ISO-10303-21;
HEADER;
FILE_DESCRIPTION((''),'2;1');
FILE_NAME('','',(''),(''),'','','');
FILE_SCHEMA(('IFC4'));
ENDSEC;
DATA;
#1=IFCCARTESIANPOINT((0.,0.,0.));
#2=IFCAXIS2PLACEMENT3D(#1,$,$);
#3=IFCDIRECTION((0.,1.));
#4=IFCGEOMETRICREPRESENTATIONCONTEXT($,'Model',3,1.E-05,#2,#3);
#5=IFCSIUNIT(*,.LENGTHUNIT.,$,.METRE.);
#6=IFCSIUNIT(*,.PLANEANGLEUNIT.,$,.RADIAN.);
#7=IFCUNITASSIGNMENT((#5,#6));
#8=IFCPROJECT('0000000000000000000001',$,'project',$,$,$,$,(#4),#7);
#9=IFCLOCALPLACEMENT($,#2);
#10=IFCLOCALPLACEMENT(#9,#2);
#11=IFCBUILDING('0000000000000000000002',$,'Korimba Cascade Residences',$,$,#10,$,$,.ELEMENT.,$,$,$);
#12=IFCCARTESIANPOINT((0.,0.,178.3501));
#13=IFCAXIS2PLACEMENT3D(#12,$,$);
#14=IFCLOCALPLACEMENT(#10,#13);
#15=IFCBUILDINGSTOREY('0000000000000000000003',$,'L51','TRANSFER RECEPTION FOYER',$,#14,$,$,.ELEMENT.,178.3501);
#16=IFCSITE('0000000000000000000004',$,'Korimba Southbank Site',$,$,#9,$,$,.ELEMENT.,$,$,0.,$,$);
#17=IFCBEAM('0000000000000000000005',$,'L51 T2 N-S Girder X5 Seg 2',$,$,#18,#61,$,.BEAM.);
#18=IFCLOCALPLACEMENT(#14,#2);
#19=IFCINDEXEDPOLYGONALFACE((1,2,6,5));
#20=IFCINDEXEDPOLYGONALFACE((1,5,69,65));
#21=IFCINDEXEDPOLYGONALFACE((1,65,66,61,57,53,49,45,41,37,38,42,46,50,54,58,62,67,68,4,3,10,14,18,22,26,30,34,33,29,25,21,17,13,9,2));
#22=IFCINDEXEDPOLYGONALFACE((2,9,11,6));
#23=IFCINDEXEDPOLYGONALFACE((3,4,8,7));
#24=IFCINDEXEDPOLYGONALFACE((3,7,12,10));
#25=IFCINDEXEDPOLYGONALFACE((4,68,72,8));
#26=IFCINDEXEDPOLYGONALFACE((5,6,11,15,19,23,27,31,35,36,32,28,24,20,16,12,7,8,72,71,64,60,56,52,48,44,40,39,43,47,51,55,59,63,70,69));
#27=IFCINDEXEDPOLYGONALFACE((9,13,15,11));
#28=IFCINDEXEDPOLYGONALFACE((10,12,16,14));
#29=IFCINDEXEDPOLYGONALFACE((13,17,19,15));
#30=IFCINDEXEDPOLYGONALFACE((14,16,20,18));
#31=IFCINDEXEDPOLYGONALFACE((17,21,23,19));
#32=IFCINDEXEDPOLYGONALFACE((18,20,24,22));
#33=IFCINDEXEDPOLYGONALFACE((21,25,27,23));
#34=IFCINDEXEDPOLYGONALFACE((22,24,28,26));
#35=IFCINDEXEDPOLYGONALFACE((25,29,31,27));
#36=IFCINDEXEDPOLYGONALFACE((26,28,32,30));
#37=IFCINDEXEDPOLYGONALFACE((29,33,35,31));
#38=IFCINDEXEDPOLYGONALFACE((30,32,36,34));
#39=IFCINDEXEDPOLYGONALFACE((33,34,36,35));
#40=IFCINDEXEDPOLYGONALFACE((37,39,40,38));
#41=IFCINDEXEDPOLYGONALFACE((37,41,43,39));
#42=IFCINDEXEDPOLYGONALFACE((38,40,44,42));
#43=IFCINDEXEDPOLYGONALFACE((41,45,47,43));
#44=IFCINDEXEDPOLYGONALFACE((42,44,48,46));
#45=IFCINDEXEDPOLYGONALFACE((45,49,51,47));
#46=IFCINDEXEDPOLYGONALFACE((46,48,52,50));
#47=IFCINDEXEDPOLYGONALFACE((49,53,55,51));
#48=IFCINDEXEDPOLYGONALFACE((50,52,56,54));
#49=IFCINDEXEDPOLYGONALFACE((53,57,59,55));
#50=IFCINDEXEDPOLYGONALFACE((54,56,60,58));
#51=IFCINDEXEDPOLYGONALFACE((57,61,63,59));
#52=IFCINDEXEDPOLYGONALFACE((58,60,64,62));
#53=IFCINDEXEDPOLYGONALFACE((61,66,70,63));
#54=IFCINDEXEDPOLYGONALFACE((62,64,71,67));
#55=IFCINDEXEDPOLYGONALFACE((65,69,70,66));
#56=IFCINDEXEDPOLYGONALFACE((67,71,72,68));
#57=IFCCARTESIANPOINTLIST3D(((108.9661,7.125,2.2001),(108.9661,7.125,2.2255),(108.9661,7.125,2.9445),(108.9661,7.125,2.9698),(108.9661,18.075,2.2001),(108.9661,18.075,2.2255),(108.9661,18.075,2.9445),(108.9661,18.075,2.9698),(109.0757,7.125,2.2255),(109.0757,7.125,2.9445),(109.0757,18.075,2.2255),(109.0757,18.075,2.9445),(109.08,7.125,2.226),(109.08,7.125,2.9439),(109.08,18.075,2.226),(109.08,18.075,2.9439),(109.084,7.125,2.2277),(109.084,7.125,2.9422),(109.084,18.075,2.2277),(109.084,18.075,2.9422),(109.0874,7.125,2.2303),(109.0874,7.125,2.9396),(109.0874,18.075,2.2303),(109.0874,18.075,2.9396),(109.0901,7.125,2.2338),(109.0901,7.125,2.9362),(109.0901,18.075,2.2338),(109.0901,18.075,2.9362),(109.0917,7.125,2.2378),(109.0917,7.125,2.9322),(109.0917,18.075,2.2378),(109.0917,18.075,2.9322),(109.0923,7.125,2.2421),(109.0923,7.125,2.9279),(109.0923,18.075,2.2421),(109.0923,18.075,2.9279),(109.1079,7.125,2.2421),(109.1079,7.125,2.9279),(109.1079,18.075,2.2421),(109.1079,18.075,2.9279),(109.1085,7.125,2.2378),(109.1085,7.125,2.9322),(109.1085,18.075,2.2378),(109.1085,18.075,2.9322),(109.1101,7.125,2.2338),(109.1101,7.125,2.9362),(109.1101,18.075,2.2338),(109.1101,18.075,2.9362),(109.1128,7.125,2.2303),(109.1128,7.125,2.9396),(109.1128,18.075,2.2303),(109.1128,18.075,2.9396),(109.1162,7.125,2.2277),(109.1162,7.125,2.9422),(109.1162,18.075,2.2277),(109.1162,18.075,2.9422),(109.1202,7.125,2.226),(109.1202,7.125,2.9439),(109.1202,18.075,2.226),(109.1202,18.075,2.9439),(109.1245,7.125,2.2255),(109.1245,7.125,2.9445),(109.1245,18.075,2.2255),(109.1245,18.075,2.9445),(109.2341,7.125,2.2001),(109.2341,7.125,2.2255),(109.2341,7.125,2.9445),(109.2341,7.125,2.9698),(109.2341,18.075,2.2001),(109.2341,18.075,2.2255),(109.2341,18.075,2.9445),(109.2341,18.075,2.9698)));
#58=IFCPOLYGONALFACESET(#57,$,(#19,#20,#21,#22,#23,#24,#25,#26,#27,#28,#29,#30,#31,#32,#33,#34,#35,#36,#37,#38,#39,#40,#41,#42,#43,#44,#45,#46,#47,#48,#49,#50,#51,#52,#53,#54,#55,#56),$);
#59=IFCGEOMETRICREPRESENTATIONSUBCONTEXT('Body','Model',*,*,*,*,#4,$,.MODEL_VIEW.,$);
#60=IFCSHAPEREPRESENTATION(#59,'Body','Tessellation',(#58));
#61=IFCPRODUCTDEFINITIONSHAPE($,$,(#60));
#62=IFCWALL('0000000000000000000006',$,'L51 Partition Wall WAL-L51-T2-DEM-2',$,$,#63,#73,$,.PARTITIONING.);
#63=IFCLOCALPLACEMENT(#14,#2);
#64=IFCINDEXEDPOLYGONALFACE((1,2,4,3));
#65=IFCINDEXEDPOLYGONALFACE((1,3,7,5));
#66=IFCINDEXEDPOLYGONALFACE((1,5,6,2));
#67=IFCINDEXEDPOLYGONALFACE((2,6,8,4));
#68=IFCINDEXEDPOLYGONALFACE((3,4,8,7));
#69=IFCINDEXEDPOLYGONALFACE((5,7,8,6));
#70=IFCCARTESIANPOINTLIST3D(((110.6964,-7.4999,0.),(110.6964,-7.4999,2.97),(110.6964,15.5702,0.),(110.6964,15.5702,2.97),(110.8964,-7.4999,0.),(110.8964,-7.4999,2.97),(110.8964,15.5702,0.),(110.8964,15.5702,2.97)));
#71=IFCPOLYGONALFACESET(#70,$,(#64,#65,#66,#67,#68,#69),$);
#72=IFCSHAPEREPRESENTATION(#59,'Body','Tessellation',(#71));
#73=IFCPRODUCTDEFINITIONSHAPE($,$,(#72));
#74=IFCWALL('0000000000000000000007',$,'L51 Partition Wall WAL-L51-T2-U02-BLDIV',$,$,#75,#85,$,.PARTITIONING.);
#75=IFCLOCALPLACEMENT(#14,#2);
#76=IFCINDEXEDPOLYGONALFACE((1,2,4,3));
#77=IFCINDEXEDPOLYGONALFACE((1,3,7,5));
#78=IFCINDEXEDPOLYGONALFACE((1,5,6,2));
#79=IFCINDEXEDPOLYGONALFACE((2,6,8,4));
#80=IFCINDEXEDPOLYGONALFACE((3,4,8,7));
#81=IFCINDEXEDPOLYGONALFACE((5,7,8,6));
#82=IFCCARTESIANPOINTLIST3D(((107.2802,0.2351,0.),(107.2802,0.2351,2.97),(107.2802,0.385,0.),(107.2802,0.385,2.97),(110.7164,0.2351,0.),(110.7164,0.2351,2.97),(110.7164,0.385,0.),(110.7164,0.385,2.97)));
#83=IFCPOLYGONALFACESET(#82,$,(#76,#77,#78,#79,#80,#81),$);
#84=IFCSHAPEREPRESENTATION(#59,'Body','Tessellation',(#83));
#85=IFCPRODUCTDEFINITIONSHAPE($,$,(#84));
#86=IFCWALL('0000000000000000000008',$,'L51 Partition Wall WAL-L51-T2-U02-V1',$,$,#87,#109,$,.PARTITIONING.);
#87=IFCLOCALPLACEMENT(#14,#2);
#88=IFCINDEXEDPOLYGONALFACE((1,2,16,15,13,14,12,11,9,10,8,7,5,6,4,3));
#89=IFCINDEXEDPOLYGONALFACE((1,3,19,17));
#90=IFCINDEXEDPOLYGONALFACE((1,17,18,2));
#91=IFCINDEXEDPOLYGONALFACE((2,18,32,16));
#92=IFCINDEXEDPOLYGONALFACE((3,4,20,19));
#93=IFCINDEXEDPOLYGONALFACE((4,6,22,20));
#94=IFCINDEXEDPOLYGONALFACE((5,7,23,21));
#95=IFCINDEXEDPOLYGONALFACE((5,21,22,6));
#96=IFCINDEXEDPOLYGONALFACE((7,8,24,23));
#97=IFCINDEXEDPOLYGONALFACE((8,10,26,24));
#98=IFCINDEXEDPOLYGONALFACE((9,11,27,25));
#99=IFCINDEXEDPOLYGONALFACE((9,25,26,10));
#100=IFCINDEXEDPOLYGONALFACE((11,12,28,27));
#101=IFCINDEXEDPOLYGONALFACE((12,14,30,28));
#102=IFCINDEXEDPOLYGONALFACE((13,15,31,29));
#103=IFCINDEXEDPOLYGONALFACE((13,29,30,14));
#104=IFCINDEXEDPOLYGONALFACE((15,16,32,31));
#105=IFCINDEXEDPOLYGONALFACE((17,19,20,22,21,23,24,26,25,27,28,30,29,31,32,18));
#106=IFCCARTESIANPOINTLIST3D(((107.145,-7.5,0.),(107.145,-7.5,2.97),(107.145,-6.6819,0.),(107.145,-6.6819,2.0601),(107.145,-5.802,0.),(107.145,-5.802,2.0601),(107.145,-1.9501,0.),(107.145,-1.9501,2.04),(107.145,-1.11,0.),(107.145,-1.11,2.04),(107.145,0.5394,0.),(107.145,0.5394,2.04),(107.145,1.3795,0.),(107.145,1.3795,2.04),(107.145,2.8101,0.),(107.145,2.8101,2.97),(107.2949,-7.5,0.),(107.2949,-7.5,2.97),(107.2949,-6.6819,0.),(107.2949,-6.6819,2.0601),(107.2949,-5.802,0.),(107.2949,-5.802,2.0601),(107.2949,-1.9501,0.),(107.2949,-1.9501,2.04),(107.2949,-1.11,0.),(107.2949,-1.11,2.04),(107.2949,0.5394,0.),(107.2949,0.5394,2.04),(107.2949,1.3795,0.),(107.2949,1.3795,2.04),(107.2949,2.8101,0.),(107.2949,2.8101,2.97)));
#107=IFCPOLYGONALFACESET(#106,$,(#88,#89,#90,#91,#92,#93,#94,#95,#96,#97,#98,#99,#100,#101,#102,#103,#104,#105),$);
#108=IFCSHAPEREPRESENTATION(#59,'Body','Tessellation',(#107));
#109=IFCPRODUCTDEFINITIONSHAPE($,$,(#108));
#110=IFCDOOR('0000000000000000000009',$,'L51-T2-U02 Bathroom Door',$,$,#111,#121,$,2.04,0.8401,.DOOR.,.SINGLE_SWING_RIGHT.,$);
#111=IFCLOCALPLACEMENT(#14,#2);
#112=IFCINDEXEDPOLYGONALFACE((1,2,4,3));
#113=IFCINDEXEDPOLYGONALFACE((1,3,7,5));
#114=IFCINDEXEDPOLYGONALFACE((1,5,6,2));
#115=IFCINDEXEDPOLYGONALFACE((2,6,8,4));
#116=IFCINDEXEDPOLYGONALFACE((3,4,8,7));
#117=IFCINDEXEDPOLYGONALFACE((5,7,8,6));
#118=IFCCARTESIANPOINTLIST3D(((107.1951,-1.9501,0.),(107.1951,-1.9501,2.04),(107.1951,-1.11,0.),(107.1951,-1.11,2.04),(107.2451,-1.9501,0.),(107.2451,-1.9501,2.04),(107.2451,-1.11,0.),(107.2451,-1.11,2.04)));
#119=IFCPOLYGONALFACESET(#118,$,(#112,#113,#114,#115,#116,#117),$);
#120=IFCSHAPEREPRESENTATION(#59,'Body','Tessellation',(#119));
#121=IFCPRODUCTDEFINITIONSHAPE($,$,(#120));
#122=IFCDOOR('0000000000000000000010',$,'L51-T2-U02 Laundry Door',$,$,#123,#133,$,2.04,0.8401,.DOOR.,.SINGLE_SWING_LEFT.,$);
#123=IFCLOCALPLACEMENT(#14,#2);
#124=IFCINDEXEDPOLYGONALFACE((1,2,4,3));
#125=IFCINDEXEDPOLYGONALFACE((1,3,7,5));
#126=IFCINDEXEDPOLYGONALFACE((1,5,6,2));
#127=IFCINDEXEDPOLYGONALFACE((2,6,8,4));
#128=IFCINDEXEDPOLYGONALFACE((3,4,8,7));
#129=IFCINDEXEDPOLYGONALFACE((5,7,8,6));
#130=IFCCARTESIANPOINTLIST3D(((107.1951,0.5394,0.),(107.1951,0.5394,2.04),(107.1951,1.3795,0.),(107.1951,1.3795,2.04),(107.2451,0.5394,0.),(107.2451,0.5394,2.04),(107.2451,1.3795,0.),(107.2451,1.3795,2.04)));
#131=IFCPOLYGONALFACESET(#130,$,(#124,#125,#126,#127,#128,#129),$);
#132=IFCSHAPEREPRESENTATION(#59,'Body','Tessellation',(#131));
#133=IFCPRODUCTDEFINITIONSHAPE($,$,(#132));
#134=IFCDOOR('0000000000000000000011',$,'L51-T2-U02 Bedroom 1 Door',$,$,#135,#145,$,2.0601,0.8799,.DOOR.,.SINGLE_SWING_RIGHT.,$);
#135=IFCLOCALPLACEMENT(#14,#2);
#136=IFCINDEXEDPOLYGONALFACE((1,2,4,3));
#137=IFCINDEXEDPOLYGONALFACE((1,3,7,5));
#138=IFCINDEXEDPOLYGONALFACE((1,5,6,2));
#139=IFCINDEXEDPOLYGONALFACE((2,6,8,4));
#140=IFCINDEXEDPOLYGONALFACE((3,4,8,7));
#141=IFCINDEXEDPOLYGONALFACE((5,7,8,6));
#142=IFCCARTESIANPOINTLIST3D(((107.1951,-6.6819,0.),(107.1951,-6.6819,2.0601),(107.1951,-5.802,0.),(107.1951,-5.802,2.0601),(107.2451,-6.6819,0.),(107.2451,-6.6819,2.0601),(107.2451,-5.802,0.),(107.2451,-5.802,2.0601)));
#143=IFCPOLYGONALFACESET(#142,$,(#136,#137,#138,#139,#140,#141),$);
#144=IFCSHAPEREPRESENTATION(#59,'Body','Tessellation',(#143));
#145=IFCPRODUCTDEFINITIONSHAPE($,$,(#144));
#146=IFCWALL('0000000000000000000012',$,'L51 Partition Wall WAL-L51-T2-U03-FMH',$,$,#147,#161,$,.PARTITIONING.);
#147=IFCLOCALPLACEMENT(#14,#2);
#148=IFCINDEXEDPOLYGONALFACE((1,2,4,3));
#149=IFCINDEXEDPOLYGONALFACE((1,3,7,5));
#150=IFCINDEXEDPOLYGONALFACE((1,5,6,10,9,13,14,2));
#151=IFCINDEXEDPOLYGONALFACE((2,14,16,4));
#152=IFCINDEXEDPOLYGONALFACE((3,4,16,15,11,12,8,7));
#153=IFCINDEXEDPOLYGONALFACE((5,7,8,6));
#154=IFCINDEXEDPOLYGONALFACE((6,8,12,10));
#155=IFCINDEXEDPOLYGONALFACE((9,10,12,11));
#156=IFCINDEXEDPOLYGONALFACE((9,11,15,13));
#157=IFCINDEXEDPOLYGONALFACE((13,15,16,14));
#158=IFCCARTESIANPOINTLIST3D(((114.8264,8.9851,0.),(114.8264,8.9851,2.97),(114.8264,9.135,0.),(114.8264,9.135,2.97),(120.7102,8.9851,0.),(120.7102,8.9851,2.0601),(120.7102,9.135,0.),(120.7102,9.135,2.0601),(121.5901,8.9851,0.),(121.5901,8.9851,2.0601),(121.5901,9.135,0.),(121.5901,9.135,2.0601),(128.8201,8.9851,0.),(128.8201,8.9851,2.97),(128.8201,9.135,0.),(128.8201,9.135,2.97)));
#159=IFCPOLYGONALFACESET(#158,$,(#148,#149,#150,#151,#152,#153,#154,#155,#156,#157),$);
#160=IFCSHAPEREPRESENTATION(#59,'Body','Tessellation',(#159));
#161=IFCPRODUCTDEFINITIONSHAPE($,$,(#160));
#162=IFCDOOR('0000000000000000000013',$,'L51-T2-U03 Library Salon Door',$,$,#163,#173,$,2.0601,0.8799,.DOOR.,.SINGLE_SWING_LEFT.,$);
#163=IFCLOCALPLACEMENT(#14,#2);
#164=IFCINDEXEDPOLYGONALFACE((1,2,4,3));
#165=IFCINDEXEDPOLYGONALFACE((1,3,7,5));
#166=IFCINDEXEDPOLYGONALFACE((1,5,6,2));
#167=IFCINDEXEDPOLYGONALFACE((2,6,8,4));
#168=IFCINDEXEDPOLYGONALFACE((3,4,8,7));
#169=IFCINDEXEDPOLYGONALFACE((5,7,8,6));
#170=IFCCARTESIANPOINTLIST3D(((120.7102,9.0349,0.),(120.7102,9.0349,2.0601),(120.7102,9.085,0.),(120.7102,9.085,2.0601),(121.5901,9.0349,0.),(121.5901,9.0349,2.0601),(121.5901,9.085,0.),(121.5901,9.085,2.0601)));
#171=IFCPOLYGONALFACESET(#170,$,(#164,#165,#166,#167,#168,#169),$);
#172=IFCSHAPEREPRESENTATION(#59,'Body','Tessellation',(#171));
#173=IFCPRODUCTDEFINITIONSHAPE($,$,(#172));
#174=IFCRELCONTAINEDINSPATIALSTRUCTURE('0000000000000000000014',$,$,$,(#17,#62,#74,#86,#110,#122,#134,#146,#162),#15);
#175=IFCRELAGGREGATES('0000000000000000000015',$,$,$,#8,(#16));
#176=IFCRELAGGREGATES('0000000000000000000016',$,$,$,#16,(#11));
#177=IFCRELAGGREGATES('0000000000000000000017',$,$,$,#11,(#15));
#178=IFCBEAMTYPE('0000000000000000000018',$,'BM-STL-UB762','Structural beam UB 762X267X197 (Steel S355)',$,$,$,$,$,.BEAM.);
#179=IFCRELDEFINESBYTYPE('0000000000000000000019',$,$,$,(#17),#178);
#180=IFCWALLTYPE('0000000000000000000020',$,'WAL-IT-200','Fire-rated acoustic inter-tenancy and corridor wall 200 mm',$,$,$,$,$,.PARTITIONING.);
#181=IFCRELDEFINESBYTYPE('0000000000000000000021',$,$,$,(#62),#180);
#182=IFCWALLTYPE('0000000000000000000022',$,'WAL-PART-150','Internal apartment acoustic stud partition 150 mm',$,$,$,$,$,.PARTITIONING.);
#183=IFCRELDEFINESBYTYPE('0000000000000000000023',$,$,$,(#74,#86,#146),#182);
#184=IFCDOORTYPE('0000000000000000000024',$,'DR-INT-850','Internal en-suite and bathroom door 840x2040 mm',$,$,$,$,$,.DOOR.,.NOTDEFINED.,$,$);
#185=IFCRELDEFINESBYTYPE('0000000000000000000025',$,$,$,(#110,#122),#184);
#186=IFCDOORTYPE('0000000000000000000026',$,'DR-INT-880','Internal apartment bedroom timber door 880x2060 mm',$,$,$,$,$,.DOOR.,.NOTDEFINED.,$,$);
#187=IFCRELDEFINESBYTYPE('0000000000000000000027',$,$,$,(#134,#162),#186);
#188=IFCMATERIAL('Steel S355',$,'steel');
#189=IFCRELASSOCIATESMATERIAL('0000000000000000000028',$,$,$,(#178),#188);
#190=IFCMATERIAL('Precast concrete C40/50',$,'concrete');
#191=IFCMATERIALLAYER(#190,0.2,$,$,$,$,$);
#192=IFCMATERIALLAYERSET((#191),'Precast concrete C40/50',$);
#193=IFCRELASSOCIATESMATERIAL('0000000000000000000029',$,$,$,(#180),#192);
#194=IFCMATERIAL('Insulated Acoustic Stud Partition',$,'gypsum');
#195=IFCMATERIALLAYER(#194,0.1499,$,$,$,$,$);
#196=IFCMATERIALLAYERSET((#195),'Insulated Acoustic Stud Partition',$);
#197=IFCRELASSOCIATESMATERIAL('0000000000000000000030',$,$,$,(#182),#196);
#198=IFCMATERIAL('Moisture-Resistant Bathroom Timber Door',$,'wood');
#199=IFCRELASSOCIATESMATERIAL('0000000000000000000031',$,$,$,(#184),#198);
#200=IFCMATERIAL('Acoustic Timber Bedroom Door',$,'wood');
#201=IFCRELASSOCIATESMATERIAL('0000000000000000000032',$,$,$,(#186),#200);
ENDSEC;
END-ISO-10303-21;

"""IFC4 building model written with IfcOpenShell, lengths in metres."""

from ifc_helpers import new_model, si_unit, direction, frame, frame_2d, origin, origin_2d, place, context, subcontext, project, spatial, rectangle, i_section, extrude, material, layer, layer_set, material_profile, profile_set, type_object, element, fill, save


model = new_model("IFC4")

# Units and contexts
model_context = context("Model", 3, precision=1e-05, world=origin(), true_north=direction((0.0, 1.0)))
body_context = subcontext(model_context, "Body", "Model", "MODEL_VIEW")
ifc_project = project(units=[si_unit("LENGTHUNIT", "METRE"), si_unit("PLANEANGLEUNIT", "RADIAN")], contexts=[model_context])

# Site, building, storey
site_placement = place(None, origin())
site = spatial("IfcSite", under=ifc_project, at=site_placement, Name="Korimba Southbank Site", CompositionType="ELEMENT", RefElevation=0.0)
building_placement = place(site_placement, origin())
building = spatial("IfcBuilding", under=site, at=building_placement, Name="Korimba Cascade Residences", CompositionType="ELEMENT")
storey_placement = place(building_placement, frame((0.0, 0.0, 178.3501)))
storey = spatial("IfcBuildingStorey", under=building, at=storey_placement, Name="L51", Description="TRANSFER RECEPTION FOYER", CompositionType="ELEMENT", Elevation=178.3501)

# Beam
ifc_material_1 = material(Name="Steel S355", Category="steel")
ifc_material_profile_1 = material_profile(ifc_material_1, i_section(OverallWidth=0.2681, OverallDepth=0.7698, WebThickness=0.0156, FlangeThickness=0.0254, FilletRadius=0.0166, at=origin_2d()), Name="Steel S355")
ifc_profile_set_1 = profile_set([ifc_material_profile_1], Name="Steel S355")
beam_type_1 = type_object("IfcBeamType", Name="BM-STL-UB762", Description="Structural beam UB 762X267X197 (Steel S355)", PredefinedType="BEAM", material=ifc_profile_set_1)
beam_1_placement = place(storey_placement, frame((109.1001, 7.125, 2.585), z_axis=(0.0, 1.0, 0.0), x_axis=(-1.0, 0.0, 0.0)))
element("IfcBeam", 1, at=beam_1_placement, inside=storey, type_object=beam_type_1, Name="L51 T2 N-S Girder X5 Seg 2", PredefinedType="BEAM", context=body_context, shape_type="SweptSolid", body=[
    extrude(i_section(OverallWidth=0.2681, OverallDepth=0.7698, WebThickness=0.0156, FlangeThickness=0.0254, FilletRadius=0.0166, at=origin_2d()), origin(), (0.0, 0.0, 1.0), 10.95),
])

# Walls
ifc_material_2 = material(Name="Precast concrete C40/50", Category="concrete")
ifc_layer_1 = layer(ifc_material_2, 0.2)
ifc_layer_set_1 = layer_set([ifc_layer_1], Name="Precast concrete C40/50")
wall_type_1 = type_object("IfcWallType", Name="WAL-IT-200", Description="Fire-rated acoustic inter-tenancy and corridor wall 200 mm", PredefinedType="PARTITIONING", material=ifc_layer_set_1)
wall_1_placement = place(storey_placement, frame((110.7964, -7.5, 0.0), z_axis=(0.0, 0.0, 1.0), x_axis=(0.0, 1.0, 0.0)))
element("IfcWall", 2, at=wall_1_placement, inside=storey, type_object=wall_type_1, Name="L51 Partition Wall WAL-L51-T2-DEM-2", PredefinedType="PARTITIONING", context=body_context, shape_type="SweptSolid", body=[
    extrude(rectangle(XDim=23.0701, YDim=0.2, at=frame_2d((11.5352, 0.0))), origin(), (0.0, 0.0, 1.0), 2.97),
])
ifc_material_3 = material(Name="Insulated Acoustic Stud Partition", Category="gypsum")
ifc_layer_2 = layer(ifc_material_3, 0.1499)
ifc_layer_set_2 = layer_set([ifc_layer_2], Name="Insulated Acoustic Stud Partition")
wall_type_2 = type_object("IfcWallType", Name="WAL-PART-150", Description="Internal apartment acoustic stud partition 150 mm", PredefinedType="PARTITIONING", material=ifc_layer_set_2)
wall_2_placement = place(storey_placement, frame((107.28, 0.3101, 0.0), z_axis=(0.0, 0.0, 1.0), x_axis=(1.0, 0.0, 0.0)))
element("IfcWall", 3, at=wall_2_placement, inside=storey, type_object=wall_type_2, Name="L51 Partition Wall WAL-L51-T2-U02-BLDIV", PredefinedType="PARTITIONING", context=body_context, shape_type="SweptSolid", body=[
    extrude(rectangle(XDim=3.4363, YDim=0.1499, at=frame_2d((1.7183, 0.0))), origin(), (0.0, 0.0, 1.0), 2.97),
])

# Wall, openings, doors
wall_3_placement = place(storey_placement, frame((107.22, -7.5, 0.0), z_axis=(0.0, 0.0, 1.0), x_axis=(0.0, 1.0, 0.0)))
wall_3 = element("IfcWall", 4, at=wall_3_placement, inside=storey, type_object=wall_type_2, Name="L51 Partition Wall WAL-L51-T2-U02-V1", PredefinedType="PARTITIONING", context=body_context, shape_type="SweptSolid", body=[
    extrude(rectangle(XDim=10.3101, YDim=0.1499, at=frame_2d((5.155, 0.0))), origin(), (0.0, 0.0, 1.0), 2.97),
])
opening_1_placement = place(wall_3_placement, frame((5.55, 0.0, 0.0)))
opening_1 = element("IfcOpeningElement", 5, at=opening_1_placement, cuts=wall_3, PredefinedType="OPENING", context=body_context, shape_type="SweptSolid", body=[
    extrude(rectangle(XDim=0.8401, YDim=2.04, at=frame_2d((0.4199, 1.02))), frame((0.0, 0.085, 0.0), z_axis=(0.0, -1.0, 0.0), x_axis=(1.0, 0.0, 0.0)), (0.0, 0.0, 1.0), 0.1699),
])
opening_2_placement = place(wall_3_placement, frame((8.0396, 0.0, 0.0)))
opening_2 = element("IfcOpeningElement", 6, at=opening_2_placement, cuts=wall_3, PredefinedType="OPENING", context=body_context, shape_type="SweptSolid", body=[
    extrude(rectangle(XDim=0.8401, YDim=2.04, at=frame_2d((0.4199, 1.02))), frame((0.0, 0.085, 0.0), z_axis=(0.0, -1.0, 0.0), x_axis=(1.0, 0.0, 0.0)), (0.0, 0.0, 1.0), 0.1699),
])
opening_3_placement = place(wall_3_placement, frame((0.8181, 0.0, 0.0)))
opening_3 = element("IfcOpeningElement", 7, at=opening_3_placement, cuts=wall_3, PredefinedType="OPENING", context=body_context, shape_type="SweptSolid", body=[
    extrude(rectangle(XDim=0.8799, YDim=2.0601, at=frame_2d((0.4399, 1.03))), frame((0.0, 0.085, 0.0), z_axis=(0.0, -1.0, 0.0), x_axis=(1.0, 0.0, 0.0)), (0.0, 0.0, 1.0), 0.1699),
])
ifc_material_4 = material(Name="Moisture-Resistant Bathroom Timber Door", Category="wood")
door_type_1 = type_object("IfcDoorType", Name="DR-INT-850", Description="Internal en-suite and bathroom door 840x2040 mm", OperationType="NOTDEFINED", PredefinedType="DOOR", material=ifc_material_4)
door_1_placement = place(opening_1_placement, origin())
door_1 = element("IfcDoor", 8, at=door_1_placement, inside=storey, type_object=door_type_1, Name="L51-T2-U02 Bathroom Door", OperationType="SINGLE_SWING_RIGHT", OverallHeight=2.04, OverallWidth=0.8401, PredefinedType="DOOR", context=body_context, shape_type="SweptSolid", body=[
    extrude(rectangle(XDim=0.8401, YDim=2.04, at=frame_2d((0.4199, 1.02))), frame((0.0, 0.0249, 0.0), z_axis=(0.0, -1.0, 0.0), x_axis=(1.0, 0.0, 0.0)), (0.0, 0.0, 1.0), 0.05),
])
fill(opening_1, door_1)
door_2_placement = place(opening_2_placement, origin())
door_2 = element("IfcDoor", 9, at=door_2_placement, inside=storey, type_object=door_type_1, Name="L51-T2-U02 Laundry Door", OperationType="SINGLE_SWING_LEFT", OverallHeight=2.04, OverallWidth=0.8401, PredefinedType="DOOR", context=body_context, shape_type="SweptSolid", body=[
    extrude(rectangle(XDim=0.8401, YDim=2.04, at=frame_2d((0.4199, 1.02))), frame((0.0, 0.0249, 0.0), z_axis=(0.0, -1.0, 0.0), x_axis=(1.0, 0.0, 0.0)), (0.0, 0.0, 1.0), 0.05),
])
fill(opening_2, door_2)
ifc_material_5 = material(Name="Acoustic Timber Bedroom Door", Category="wood")
door_type_2 = type_object("IfcDoorType", Name="DR-INT-880", Description="Internal apartment bedroom timber door 880x2060 mm", OperationType="NOTDEFINED", PredefinedType="DOOR", material=ifc_material_5)
door_3_placement = place(opening_3_placement, origin())
door_3 = element("IfcDoor", 10, at=door_3_placement, inside=storey, type_object=door_type_2, Name="L51-T2-U02 Bedroom 1 Door", OperationType="SINGLE_SWING_RIGHT", OverallHeight=2.0601, OverallWidth=0.8799, PredefinedType="DOOR", context=body_context, shape_type="SweptSolid", body=[
    extrude(rectangle(XDim=0.8799, YDim=2.0601, at=frame_2d((0.4399, 1.03))), frame((0.0, 0.0249, 0.0), z_axis=(0.0, -1.0, 0.0), x_axis=(1.0, 0.0, 0.0)), (0.0, 0.0, 1.0), 0.05),
])
fill(opening_3, door_3)

# Wall, opening, door
wall_4_placement = place(storey_placement, frame((114.8264, 9.0601, 0.0), z_axis=(0.0, 0.0, 1.0), x_axis=(1.0, 0.0, 0.0)))
wall_4 = element("IfcWall", 11, at=wall_4_placement, inside=storey, type_object=wall_type_2, Name="L51 Partition Wall WAL-L51-T2-U03-FMH", PredefinedType="PARTITIONING", context=body_context, shape_type="SweptSolid", body=[
    extrude(rectangle(XDim=13.9937, YDim=0.1499, at=frame_2d((6.9968, 0.0))), origin(), (0.0, 0.0, 1.0), 2.97),
])
opening_4_placement = place(wall_4_placement, frame((5.8838, 0.0, 0.0)))
opening_4 = element("IfcOpeningElement", 12, at=opening_4_placement, cuts=wall_4, PredefinedType="OPENING", context=body_context, shape_type="SweptSolid", body=[
    extrude(rectangle(XDim=0.8799, YDim=2.0601, at=frame_2d((0.4399, 1.03))), frame((0.0, 0.085, 0.0), z_axis=(0.0, -1.0, 0.0), x_axis=(1.0, 0.0, 0.0)), (0.0, 0.0, 1.0), 0.1699),
])
door_4_placement = place(opening_4_placement, origin())
door_4 = element("IfcDoor", 13, at=door_4_placement, inside=storey, type_object=door_type_2, Name="L51-T2-U03 Library Salon Door", OperationType="SINGLE_SWING_LEFT", OverallHeight=2.0601, OverallWidth=0.8799, PredefinedType="DOOR", context=body_context, shape_type="SweptSolid", body=[
    extrude(rectangle(XDim=0.8799, YDim=2.0601, at=frame_2d((0.4399, 1.03))), frame((0.0, 0.0249, 0.0), z_axis=(0.0, -1.0, 0.0), x_axis=(1.0, 0.0, 0.0)), (0.0, 0.0, 1.0), 0.05),
])
fill(opening_4, door_4)

save(model, "model.ifc")
